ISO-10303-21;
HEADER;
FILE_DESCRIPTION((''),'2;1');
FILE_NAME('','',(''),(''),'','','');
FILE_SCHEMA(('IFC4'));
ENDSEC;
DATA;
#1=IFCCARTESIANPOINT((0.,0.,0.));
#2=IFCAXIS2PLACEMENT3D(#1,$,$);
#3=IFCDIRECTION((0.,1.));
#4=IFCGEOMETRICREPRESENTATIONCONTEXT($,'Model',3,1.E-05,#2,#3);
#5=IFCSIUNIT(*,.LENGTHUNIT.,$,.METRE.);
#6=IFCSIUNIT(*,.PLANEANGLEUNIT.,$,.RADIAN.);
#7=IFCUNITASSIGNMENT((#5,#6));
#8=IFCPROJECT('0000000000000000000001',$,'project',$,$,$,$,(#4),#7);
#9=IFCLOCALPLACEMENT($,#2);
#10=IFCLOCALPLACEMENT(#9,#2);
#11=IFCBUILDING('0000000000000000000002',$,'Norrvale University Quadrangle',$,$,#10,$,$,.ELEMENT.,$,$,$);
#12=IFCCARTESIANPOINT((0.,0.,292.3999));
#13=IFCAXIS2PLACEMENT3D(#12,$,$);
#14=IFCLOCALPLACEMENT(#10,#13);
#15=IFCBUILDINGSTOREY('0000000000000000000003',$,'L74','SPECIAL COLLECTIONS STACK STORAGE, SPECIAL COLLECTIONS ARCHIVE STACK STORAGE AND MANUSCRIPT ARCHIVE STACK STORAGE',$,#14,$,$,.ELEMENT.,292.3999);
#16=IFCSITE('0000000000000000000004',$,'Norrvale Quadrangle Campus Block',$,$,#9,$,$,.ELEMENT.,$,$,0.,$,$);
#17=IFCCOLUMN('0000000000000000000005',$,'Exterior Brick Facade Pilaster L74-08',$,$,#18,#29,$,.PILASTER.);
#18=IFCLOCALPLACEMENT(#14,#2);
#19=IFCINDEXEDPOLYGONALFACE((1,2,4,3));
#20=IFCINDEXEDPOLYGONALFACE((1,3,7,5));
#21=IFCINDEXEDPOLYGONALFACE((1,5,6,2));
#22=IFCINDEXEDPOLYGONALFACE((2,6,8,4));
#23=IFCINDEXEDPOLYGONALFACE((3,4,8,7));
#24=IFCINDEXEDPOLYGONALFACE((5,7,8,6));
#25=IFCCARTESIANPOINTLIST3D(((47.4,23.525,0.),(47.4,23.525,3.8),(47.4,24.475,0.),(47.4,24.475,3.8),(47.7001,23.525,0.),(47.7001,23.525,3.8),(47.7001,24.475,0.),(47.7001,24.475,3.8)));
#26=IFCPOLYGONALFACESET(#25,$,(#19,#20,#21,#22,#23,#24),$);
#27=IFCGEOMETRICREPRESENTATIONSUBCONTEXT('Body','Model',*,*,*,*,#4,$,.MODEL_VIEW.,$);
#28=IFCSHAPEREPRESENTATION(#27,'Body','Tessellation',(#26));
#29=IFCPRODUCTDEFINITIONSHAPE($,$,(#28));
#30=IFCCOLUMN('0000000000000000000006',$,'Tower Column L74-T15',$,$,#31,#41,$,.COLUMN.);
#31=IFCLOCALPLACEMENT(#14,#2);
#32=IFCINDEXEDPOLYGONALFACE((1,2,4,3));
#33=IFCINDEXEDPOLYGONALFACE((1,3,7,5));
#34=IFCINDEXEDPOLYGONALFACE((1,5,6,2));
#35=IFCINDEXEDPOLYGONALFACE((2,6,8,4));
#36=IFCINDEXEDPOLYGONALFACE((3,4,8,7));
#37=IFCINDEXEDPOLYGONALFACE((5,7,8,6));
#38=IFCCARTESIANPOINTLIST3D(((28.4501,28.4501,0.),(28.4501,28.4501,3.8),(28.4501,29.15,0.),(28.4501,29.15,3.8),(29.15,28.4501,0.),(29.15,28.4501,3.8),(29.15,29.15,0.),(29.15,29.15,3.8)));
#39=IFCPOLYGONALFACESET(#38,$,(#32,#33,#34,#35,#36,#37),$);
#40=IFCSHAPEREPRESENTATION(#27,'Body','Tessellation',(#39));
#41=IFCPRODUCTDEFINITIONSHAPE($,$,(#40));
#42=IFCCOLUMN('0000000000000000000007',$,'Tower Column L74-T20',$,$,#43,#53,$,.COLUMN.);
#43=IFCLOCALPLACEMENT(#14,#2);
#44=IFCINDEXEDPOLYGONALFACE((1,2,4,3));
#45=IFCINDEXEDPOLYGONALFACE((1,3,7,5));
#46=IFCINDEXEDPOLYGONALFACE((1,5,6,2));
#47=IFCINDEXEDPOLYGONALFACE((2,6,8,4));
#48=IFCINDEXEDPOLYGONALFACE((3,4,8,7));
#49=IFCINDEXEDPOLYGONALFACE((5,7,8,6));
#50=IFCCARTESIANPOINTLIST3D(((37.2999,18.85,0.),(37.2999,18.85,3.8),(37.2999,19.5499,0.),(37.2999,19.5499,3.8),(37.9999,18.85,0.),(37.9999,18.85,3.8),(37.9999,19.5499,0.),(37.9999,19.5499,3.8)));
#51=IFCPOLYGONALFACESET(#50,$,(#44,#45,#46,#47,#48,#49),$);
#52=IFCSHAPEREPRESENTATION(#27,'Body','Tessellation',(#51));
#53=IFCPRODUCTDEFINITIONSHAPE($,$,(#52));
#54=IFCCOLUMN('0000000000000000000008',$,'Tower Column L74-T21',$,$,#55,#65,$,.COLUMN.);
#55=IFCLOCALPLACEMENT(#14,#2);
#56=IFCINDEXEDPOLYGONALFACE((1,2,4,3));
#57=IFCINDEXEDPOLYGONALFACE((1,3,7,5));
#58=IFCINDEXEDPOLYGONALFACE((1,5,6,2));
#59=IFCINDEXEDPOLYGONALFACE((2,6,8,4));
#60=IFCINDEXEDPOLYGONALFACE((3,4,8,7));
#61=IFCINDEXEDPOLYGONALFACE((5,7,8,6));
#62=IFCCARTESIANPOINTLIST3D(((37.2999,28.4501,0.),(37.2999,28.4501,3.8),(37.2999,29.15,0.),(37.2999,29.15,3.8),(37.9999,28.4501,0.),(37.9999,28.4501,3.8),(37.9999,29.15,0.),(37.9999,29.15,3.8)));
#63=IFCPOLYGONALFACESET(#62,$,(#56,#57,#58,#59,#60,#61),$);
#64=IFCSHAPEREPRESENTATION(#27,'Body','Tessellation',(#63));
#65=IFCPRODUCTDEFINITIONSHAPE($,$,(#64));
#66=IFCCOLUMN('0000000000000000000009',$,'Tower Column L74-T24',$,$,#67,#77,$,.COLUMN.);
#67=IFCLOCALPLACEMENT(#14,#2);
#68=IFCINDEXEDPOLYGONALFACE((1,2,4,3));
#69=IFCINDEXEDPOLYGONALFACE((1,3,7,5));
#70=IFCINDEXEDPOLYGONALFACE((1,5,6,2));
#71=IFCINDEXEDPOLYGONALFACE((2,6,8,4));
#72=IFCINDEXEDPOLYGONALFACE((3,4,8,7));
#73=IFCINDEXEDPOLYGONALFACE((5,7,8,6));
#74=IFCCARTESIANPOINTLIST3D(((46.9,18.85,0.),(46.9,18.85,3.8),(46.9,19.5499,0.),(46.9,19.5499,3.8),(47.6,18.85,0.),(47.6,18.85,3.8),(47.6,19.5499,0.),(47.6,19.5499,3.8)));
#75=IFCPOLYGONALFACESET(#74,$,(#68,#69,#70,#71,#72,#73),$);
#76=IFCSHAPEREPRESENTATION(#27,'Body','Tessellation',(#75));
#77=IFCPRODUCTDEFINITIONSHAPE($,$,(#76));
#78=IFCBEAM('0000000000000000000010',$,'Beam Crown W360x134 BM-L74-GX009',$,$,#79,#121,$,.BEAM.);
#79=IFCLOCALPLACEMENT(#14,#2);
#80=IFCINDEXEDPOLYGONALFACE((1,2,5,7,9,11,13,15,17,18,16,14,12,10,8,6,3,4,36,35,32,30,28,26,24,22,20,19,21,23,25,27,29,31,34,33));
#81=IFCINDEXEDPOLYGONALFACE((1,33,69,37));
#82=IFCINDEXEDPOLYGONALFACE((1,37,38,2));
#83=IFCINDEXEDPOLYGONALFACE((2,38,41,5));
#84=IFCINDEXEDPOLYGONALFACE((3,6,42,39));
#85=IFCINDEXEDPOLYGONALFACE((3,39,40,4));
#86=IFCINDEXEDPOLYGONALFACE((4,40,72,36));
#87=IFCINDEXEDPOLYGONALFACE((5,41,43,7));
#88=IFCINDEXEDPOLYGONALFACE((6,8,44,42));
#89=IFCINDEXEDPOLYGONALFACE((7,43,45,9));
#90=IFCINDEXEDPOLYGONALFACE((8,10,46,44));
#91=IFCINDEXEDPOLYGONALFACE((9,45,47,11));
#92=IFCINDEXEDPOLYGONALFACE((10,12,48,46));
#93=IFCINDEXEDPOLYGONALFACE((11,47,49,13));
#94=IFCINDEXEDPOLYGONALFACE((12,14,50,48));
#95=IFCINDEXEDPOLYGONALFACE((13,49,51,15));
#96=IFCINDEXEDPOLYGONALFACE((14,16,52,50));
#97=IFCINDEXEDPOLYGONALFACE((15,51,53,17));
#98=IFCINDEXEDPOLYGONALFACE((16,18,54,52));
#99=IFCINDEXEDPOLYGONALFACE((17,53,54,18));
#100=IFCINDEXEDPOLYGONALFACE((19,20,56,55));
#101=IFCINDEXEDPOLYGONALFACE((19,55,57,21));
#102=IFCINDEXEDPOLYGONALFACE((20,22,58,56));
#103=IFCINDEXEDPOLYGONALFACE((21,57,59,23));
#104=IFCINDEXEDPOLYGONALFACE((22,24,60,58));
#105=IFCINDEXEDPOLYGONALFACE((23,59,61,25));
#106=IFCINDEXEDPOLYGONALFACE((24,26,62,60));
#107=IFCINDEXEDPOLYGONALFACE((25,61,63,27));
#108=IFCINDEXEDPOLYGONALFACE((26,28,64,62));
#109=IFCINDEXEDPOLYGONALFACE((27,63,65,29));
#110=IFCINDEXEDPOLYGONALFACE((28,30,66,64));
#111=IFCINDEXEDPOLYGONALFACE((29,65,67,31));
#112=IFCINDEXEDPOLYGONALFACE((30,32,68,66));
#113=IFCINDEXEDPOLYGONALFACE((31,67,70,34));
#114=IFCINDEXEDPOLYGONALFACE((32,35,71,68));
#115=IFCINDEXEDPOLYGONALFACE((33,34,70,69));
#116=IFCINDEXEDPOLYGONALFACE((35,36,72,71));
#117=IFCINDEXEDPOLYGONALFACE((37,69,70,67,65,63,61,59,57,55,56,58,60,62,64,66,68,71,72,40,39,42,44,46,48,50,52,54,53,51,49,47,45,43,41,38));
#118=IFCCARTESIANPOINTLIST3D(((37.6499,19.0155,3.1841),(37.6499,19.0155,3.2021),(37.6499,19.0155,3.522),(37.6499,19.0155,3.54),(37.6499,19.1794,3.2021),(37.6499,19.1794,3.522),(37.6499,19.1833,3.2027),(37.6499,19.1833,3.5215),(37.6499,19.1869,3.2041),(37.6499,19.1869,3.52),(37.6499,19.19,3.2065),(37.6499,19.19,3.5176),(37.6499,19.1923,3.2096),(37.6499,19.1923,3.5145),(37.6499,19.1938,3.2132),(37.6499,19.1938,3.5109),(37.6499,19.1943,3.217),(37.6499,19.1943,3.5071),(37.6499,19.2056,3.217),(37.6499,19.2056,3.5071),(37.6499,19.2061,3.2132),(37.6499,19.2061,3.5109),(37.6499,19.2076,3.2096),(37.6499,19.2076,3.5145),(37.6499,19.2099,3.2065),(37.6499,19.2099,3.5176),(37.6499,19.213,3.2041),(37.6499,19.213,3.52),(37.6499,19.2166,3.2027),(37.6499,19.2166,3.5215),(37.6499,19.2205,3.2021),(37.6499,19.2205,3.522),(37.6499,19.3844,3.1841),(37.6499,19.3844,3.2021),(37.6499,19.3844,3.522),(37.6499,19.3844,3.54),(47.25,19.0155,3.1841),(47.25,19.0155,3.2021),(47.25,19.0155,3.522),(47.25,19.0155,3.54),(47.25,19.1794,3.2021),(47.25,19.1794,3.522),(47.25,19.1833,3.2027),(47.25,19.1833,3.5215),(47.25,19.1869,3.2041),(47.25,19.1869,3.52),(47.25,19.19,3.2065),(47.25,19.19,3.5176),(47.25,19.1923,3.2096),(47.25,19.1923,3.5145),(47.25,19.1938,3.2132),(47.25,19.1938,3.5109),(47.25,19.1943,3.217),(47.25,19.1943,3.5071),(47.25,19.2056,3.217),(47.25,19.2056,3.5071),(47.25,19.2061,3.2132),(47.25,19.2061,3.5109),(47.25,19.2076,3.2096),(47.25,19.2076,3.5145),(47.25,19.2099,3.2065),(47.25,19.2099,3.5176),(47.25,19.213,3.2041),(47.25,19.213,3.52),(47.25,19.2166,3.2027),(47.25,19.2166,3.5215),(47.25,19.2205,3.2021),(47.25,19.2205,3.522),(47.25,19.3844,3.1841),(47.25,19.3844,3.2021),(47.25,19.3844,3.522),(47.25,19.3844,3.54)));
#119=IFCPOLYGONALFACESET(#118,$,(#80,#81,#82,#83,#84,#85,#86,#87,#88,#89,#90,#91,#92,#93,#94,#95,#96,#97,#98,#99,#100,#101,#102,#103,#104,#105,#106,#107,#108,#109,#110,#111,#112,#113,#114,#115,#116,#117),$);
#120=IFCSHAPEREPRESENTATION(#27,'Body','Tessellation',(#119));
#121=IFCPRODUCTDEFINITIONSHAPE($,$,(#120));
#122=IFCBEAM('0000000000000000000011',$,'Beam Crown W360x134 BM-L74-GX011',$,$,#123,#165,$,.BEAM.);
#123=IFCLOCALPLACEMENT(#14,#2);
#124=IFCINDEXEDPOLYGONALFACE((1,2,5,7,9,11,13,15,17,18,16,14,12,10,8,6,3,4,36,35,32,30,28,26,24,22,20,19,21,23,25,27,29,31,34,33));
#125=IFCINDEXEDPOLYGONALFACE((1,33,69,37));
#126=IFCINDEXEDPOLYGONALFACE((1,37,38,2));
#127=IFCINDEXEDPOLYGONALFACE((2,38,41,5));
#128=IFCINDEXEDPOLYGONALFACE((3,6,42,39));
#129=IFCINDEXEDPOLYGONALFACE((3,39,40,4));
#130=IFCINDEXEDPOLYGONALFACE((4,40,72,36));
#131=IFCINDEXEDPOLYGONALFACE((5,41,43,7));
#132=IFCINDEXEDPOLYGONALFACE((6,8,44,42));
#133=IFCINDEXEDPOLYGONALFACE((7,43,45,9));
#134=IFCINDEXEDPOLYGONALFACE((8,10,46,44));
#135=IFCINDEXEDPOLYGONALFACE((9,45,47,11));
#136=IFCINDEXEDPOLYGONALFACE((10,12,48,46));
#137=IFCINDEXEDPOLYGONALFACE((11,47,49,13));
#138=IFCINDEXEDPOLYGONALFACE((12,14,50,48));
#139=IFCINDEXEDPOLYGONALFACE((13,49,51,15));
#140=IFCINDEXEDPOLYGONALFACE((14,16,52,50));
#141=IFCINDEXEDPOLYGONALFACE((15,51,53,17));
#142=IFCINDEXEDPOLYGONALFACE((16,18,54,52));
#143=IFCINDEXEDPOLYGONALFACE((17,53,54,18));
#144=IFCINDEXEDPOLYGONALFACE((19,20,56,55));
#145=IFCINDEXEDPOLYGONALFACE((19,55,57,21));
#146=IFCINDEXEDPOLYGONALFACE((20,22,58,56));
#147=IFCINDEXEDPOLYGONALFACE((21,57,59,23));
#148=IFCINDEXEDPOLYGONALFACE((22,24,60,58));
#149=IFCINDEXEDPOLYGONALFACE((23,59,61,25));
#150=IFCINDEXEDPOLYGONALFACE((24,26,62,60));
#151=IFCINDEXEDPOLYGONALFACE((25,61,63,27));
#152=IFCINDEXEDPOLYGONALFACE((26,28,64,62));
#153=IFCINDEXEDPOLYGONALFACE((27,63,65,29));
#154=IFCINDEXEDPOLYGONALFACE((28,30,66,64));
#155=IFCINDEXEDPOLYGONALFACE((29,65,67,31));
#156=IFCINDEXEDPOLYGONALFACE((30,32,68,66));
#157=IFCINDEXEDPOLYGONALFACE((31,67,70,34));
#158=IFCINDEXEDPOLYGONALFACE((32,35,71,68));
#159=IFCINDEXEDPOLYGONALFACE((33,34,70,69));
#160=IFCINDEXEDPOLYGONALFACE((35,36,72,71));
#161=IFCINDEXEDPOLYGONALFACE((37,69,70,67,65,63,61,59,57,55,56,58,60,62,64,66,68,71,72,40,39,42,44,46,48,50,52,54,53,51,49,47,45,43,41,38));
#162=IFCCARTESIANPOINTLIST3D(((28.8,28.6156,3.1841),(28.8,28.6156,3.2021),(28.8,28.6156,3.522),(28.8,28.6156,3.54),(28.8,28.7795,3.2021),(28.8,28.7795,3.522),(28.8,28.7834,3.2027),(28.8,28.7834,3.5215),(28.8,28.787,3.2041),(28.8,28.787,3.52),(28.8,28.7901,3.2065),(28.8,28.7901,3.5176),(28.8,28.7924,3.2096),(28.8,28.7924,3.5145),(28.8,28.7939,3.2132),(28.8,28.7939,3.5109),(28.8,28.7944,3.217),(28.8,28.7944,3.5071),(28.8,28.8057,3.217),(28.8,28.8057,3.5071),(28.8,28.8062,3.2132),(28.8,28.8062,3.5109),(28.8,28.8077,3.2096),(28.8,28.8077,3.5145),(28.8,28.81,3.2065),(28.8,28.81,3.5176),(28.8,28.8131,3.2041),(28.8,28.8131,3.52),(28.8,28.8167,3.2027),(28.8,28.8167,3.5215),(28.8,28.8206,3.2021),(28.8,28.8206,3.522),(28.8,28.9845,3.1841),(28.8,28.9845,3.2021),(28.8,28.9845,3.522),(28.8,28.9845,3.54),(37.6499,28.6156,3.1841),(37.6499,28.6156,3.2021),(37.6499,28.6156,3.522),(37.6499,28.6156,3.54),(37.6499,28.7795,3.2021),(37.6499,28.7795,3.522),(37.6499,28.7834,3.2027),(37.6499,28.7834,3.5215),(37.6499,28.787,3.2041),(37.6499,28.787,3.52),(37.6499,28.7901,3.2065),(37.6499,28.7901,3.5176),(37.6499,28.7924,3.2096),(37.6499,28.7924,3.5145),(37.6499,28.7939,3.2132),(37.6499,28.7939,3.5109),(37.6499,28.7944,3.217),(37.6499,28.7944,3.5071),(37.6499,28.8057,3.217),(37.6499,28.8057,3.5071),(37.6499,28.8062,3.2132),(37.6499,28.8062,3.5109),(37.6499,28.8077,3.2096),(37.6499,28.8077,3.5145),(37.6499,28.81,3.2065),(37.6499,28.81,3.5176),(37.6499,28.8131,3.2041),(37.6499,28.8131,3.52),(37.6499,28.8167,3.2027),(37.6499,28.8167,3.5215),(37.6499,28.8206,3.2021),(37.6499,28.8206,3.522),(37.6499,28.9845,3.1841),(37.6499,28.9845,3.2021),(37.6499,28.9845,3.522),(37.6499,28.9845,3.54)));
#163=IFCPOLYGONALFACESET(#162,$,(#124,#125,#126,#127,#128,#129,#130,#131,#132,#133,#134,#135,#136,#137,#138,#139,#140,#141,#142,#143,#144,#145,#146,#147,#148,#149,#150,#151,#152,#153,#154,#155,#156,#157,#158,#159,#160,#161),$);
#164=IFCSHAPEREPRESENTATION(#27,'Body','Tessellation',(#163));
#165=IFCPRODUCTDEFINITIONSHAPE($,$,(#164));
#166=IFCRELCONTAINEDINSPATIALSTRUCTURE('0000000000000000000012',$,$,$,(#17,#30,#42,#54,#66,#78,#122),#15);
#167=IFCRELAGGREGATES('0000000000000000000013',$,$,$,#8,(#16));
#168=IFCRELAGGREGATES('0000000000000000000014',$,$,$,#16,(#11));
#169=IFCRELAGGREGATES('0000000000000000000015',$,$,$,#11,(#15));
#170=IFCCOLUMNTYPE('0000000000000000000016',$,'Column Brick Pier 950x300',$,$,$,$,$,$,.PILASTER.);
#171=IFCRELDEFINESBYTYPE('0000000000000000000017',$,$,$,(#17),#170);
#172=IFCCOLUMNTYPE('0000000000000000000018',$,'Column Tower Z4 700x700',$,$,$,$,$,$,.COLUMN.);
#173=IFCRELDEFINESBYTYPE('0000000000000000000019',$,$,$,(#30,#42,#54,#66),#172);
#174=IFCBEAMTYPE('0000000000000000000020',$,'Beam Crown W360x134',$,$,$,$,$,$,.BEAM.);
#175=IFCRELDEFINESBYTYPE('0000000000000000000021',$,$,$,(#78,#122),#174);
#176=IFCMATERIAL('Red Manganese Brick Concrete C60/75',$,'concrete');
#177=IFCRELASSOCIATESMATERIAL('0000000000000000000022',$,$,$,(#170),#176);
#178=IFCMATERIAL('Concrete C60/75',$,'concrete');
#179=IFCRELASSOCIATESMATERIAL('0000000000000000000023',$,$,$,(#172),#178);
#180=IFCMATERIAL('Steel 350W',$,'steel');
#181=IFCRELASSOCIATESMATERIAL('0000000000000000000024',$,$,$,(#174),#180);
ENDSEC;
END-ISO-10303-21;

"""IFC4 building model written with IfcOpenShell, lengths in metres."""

from ifc_helpers import new_model, si_unit, direction, frame, origin, origin_2d, place, context, subcontext, project, spatial, rectangle, i_section, extrude, material, material_profile, profile_set, type_object, element, save


model = new_model("IFC4")

# Units and contexts
model_context = context("Model", 3, precision=1e-05, world=origin(), true_north=direction((0.0, 1.0)))
body_context = subcontext(model_context, "Body", "Model", "MODEL_VIEW")
ifc_project = project(units=[si_unit("LENGTHUNIT", "METRE"), si_unit("PLANEANGLEUNIT", "RADIAN")], contexts=[model_context])

# Site, building, storey
site_placement = place(None, origin())
site = spatial("IfcSite", under=ifc_project, at=site_placement, Name="Norrvale Quadrangle Campus Block", CompositionType="ELEMENT", RefElevation=0.0)
building_placement = place(site_placement, origin())
building = spatial("IfcBuilding", under=site, at=building_placement, Name="Norrvale University Quadrangle", CompositionType="ELEMENT")
storey_placement = place(building_placement, frame((0.0, 0.0, 292.3999)))
storey = spatial("IfcBuildingStorey", under=building, at=storey_placement, Name="L74", Description="SPECIAL COLLECTIONS STACK STORAGE, SPECIAL COLLECTIONS ARCHIVE STACK STORAGE AND MANUSCRIPT ARCHIVE STACK STORAGE", CompositionType="ELEMENT", Elevation=292.3999)

# Columns
ifc_material_1 = material(Name="Red Manganese Brick Concrete C60/75", Category="concrete")
ifc_material_profile_1 = material_profile(ifc_material_1, rectangle(XDim=0.95, YDim=0.3, at=origin_2d()), Name="Red Manganese Brick Concrete C60/75")
ifc_profile_set_1 = profile_set([ifc_material_profile_1], Name="Red Manganese Brick Concrete C60/75")
column_type_1 = type_object("IfcColumnType", Name="Column Brick Pier 950x300", PredefinedType="PILASTER", material=ifc_profile_set_1)
column_placement = place(storey_placement, frame((47.55, 24.0, 0.0), z_axis=(0.0, 0.0, 1.0), x_axis=(0.0, 1.0, 0.0)))
element("IfcColumn", 1, at=column_placement, inside=storey, type_object=column_type_1, Name="Exterior Brick Facade Pilaster L74-08", PredefinedType="PILASTER", context=body_context, shape_type="SweptSolid", body=[
    extrude(rectangle(XDim=0.95, YDim=0.3, at=origin_2d()), origin(), (0.0, 0.0, 1.0), 3.8),
])
ifc_material_2 = material(Name="Concrete C60/75", Category="concrete")
ifc_material_profile_2 = material_profile(ifc_material_2, rectangle(XDim=0.7, YDim=0.7, at=origin_2d()), Name="Concrete C60/75")
ifc_profile_set_2 = profile_set([ifc_material_profile_2], Name="Concrete C60/75")
column_type_2 = type_object("IfcColumnType", Name="Column Tower Z4 700x700", PredefinedType="COLUMN", material=ifc_profile_set_2)
for number, where, z_axis, x_axis, name in (
    (2, (28.8, 28.8, 0.0), (0.0, 0.0, 1.0), (1.0, 0.0, 0.0), "Tower Column L74-T15"),
    (3, (37.6499, 19.2, 0.0), (0.0, 0.0, 1.0), (1.0, 0.0, 0.0), "Tower Column L74-T20"),
    (4, (37.6499, 28.8, 0.0), (0.0, 0.0, 1.0), (1.0, 0.0, 0.0), "Tower Column L74-T21"),
    (5, (47.25, 19.2, 0.0), (0.0, 0.0, 1.0), (1.0, 0.0, 0.0), "Tower Column L74-T24"),
):
    element("IfcColumn", number, at=place(storey_placement, frame(where, z_axis=z_axis, x_axis=x_axis)), inside=storey, type_object=column_type_2, Name=name, PredefinedType="COLUMN", context=body_context, shape_type="SweptSolid", body=[
        extrude(rectangle(XDim=0.7, YDim=0.7, at=origin_2d()), origin(), (0.0, 0.0, 1.0), 3.8),
    ])

# Beams
ifc_material_3 = material(Name="Steel 350W", Category="steel")
ifc_material_profile_3 = material_profile(ifc_material_3, i_section(OverallWidth=0.3689, OverallDepth=0.356, WebThickness=0.0112, FlangeThickness=0.0181, FilletRadius=0.0149, at=origin_2d()), Name="Steel 350W")
ifc_profile_set_3 = profile_set([ifc_material_profile_3], Name="Steel 350W")
beam_type_1 = type_object("IfcBeamType", Name="Beam Crown W360x134", PredefinedType="BEAM", material=ifc_profile_set_3)
beam_1_placement = place(storey_placement, frame((37.6499, 19.2, 3.3621), z_axis=(1.0, 0.0, 0.0), x_axis=(0.0, 1.0, 0.0)))
element("IfcBeam", 6, at=beam_1_placement, inside=storey, type_object=beam_type_1, Name="Beam Crown W360x134 BM-L74-GX009", PredefinedType="BEAM", context=body_context, shape_type="SweptSolid", body=[
    extrude(i_section(OverallWidth=0.3689, OverallDepth=0.356, WebThickness=0.0112, FlangeThickness=0.0181, FilletRadius=0.0149, at=origin_2d()), origin(), (0.0, 0.0, 1.0), 9.6001),
])
beam_2_placement = place(storey_placement, frame((28.8, 28.8, 3.3621), z_axis=(1.0, 0.0, 0.0), x_axis=(0.0, 1.0, 0.0)))
element("IfcBeam", 7, at=beam_2_placement, inside=storey, type_object=beam_type_1, Name="Beam Crown W360x134 BM-L74-GX011", PredefinedType="BEAM", context=body_context, shape_type="SweptSolid", body=[
    extrude(i_section(OverallWidth=0.3689, OverallDepth=0.356, WebThickness=0.0112, FlangeThickness=0.0181, FilletRadius=0.0149, at=origin_2d()), origin(), (0.0, 0.0, 1.0), 8.8499),
])

save(model, "model.ifc")
